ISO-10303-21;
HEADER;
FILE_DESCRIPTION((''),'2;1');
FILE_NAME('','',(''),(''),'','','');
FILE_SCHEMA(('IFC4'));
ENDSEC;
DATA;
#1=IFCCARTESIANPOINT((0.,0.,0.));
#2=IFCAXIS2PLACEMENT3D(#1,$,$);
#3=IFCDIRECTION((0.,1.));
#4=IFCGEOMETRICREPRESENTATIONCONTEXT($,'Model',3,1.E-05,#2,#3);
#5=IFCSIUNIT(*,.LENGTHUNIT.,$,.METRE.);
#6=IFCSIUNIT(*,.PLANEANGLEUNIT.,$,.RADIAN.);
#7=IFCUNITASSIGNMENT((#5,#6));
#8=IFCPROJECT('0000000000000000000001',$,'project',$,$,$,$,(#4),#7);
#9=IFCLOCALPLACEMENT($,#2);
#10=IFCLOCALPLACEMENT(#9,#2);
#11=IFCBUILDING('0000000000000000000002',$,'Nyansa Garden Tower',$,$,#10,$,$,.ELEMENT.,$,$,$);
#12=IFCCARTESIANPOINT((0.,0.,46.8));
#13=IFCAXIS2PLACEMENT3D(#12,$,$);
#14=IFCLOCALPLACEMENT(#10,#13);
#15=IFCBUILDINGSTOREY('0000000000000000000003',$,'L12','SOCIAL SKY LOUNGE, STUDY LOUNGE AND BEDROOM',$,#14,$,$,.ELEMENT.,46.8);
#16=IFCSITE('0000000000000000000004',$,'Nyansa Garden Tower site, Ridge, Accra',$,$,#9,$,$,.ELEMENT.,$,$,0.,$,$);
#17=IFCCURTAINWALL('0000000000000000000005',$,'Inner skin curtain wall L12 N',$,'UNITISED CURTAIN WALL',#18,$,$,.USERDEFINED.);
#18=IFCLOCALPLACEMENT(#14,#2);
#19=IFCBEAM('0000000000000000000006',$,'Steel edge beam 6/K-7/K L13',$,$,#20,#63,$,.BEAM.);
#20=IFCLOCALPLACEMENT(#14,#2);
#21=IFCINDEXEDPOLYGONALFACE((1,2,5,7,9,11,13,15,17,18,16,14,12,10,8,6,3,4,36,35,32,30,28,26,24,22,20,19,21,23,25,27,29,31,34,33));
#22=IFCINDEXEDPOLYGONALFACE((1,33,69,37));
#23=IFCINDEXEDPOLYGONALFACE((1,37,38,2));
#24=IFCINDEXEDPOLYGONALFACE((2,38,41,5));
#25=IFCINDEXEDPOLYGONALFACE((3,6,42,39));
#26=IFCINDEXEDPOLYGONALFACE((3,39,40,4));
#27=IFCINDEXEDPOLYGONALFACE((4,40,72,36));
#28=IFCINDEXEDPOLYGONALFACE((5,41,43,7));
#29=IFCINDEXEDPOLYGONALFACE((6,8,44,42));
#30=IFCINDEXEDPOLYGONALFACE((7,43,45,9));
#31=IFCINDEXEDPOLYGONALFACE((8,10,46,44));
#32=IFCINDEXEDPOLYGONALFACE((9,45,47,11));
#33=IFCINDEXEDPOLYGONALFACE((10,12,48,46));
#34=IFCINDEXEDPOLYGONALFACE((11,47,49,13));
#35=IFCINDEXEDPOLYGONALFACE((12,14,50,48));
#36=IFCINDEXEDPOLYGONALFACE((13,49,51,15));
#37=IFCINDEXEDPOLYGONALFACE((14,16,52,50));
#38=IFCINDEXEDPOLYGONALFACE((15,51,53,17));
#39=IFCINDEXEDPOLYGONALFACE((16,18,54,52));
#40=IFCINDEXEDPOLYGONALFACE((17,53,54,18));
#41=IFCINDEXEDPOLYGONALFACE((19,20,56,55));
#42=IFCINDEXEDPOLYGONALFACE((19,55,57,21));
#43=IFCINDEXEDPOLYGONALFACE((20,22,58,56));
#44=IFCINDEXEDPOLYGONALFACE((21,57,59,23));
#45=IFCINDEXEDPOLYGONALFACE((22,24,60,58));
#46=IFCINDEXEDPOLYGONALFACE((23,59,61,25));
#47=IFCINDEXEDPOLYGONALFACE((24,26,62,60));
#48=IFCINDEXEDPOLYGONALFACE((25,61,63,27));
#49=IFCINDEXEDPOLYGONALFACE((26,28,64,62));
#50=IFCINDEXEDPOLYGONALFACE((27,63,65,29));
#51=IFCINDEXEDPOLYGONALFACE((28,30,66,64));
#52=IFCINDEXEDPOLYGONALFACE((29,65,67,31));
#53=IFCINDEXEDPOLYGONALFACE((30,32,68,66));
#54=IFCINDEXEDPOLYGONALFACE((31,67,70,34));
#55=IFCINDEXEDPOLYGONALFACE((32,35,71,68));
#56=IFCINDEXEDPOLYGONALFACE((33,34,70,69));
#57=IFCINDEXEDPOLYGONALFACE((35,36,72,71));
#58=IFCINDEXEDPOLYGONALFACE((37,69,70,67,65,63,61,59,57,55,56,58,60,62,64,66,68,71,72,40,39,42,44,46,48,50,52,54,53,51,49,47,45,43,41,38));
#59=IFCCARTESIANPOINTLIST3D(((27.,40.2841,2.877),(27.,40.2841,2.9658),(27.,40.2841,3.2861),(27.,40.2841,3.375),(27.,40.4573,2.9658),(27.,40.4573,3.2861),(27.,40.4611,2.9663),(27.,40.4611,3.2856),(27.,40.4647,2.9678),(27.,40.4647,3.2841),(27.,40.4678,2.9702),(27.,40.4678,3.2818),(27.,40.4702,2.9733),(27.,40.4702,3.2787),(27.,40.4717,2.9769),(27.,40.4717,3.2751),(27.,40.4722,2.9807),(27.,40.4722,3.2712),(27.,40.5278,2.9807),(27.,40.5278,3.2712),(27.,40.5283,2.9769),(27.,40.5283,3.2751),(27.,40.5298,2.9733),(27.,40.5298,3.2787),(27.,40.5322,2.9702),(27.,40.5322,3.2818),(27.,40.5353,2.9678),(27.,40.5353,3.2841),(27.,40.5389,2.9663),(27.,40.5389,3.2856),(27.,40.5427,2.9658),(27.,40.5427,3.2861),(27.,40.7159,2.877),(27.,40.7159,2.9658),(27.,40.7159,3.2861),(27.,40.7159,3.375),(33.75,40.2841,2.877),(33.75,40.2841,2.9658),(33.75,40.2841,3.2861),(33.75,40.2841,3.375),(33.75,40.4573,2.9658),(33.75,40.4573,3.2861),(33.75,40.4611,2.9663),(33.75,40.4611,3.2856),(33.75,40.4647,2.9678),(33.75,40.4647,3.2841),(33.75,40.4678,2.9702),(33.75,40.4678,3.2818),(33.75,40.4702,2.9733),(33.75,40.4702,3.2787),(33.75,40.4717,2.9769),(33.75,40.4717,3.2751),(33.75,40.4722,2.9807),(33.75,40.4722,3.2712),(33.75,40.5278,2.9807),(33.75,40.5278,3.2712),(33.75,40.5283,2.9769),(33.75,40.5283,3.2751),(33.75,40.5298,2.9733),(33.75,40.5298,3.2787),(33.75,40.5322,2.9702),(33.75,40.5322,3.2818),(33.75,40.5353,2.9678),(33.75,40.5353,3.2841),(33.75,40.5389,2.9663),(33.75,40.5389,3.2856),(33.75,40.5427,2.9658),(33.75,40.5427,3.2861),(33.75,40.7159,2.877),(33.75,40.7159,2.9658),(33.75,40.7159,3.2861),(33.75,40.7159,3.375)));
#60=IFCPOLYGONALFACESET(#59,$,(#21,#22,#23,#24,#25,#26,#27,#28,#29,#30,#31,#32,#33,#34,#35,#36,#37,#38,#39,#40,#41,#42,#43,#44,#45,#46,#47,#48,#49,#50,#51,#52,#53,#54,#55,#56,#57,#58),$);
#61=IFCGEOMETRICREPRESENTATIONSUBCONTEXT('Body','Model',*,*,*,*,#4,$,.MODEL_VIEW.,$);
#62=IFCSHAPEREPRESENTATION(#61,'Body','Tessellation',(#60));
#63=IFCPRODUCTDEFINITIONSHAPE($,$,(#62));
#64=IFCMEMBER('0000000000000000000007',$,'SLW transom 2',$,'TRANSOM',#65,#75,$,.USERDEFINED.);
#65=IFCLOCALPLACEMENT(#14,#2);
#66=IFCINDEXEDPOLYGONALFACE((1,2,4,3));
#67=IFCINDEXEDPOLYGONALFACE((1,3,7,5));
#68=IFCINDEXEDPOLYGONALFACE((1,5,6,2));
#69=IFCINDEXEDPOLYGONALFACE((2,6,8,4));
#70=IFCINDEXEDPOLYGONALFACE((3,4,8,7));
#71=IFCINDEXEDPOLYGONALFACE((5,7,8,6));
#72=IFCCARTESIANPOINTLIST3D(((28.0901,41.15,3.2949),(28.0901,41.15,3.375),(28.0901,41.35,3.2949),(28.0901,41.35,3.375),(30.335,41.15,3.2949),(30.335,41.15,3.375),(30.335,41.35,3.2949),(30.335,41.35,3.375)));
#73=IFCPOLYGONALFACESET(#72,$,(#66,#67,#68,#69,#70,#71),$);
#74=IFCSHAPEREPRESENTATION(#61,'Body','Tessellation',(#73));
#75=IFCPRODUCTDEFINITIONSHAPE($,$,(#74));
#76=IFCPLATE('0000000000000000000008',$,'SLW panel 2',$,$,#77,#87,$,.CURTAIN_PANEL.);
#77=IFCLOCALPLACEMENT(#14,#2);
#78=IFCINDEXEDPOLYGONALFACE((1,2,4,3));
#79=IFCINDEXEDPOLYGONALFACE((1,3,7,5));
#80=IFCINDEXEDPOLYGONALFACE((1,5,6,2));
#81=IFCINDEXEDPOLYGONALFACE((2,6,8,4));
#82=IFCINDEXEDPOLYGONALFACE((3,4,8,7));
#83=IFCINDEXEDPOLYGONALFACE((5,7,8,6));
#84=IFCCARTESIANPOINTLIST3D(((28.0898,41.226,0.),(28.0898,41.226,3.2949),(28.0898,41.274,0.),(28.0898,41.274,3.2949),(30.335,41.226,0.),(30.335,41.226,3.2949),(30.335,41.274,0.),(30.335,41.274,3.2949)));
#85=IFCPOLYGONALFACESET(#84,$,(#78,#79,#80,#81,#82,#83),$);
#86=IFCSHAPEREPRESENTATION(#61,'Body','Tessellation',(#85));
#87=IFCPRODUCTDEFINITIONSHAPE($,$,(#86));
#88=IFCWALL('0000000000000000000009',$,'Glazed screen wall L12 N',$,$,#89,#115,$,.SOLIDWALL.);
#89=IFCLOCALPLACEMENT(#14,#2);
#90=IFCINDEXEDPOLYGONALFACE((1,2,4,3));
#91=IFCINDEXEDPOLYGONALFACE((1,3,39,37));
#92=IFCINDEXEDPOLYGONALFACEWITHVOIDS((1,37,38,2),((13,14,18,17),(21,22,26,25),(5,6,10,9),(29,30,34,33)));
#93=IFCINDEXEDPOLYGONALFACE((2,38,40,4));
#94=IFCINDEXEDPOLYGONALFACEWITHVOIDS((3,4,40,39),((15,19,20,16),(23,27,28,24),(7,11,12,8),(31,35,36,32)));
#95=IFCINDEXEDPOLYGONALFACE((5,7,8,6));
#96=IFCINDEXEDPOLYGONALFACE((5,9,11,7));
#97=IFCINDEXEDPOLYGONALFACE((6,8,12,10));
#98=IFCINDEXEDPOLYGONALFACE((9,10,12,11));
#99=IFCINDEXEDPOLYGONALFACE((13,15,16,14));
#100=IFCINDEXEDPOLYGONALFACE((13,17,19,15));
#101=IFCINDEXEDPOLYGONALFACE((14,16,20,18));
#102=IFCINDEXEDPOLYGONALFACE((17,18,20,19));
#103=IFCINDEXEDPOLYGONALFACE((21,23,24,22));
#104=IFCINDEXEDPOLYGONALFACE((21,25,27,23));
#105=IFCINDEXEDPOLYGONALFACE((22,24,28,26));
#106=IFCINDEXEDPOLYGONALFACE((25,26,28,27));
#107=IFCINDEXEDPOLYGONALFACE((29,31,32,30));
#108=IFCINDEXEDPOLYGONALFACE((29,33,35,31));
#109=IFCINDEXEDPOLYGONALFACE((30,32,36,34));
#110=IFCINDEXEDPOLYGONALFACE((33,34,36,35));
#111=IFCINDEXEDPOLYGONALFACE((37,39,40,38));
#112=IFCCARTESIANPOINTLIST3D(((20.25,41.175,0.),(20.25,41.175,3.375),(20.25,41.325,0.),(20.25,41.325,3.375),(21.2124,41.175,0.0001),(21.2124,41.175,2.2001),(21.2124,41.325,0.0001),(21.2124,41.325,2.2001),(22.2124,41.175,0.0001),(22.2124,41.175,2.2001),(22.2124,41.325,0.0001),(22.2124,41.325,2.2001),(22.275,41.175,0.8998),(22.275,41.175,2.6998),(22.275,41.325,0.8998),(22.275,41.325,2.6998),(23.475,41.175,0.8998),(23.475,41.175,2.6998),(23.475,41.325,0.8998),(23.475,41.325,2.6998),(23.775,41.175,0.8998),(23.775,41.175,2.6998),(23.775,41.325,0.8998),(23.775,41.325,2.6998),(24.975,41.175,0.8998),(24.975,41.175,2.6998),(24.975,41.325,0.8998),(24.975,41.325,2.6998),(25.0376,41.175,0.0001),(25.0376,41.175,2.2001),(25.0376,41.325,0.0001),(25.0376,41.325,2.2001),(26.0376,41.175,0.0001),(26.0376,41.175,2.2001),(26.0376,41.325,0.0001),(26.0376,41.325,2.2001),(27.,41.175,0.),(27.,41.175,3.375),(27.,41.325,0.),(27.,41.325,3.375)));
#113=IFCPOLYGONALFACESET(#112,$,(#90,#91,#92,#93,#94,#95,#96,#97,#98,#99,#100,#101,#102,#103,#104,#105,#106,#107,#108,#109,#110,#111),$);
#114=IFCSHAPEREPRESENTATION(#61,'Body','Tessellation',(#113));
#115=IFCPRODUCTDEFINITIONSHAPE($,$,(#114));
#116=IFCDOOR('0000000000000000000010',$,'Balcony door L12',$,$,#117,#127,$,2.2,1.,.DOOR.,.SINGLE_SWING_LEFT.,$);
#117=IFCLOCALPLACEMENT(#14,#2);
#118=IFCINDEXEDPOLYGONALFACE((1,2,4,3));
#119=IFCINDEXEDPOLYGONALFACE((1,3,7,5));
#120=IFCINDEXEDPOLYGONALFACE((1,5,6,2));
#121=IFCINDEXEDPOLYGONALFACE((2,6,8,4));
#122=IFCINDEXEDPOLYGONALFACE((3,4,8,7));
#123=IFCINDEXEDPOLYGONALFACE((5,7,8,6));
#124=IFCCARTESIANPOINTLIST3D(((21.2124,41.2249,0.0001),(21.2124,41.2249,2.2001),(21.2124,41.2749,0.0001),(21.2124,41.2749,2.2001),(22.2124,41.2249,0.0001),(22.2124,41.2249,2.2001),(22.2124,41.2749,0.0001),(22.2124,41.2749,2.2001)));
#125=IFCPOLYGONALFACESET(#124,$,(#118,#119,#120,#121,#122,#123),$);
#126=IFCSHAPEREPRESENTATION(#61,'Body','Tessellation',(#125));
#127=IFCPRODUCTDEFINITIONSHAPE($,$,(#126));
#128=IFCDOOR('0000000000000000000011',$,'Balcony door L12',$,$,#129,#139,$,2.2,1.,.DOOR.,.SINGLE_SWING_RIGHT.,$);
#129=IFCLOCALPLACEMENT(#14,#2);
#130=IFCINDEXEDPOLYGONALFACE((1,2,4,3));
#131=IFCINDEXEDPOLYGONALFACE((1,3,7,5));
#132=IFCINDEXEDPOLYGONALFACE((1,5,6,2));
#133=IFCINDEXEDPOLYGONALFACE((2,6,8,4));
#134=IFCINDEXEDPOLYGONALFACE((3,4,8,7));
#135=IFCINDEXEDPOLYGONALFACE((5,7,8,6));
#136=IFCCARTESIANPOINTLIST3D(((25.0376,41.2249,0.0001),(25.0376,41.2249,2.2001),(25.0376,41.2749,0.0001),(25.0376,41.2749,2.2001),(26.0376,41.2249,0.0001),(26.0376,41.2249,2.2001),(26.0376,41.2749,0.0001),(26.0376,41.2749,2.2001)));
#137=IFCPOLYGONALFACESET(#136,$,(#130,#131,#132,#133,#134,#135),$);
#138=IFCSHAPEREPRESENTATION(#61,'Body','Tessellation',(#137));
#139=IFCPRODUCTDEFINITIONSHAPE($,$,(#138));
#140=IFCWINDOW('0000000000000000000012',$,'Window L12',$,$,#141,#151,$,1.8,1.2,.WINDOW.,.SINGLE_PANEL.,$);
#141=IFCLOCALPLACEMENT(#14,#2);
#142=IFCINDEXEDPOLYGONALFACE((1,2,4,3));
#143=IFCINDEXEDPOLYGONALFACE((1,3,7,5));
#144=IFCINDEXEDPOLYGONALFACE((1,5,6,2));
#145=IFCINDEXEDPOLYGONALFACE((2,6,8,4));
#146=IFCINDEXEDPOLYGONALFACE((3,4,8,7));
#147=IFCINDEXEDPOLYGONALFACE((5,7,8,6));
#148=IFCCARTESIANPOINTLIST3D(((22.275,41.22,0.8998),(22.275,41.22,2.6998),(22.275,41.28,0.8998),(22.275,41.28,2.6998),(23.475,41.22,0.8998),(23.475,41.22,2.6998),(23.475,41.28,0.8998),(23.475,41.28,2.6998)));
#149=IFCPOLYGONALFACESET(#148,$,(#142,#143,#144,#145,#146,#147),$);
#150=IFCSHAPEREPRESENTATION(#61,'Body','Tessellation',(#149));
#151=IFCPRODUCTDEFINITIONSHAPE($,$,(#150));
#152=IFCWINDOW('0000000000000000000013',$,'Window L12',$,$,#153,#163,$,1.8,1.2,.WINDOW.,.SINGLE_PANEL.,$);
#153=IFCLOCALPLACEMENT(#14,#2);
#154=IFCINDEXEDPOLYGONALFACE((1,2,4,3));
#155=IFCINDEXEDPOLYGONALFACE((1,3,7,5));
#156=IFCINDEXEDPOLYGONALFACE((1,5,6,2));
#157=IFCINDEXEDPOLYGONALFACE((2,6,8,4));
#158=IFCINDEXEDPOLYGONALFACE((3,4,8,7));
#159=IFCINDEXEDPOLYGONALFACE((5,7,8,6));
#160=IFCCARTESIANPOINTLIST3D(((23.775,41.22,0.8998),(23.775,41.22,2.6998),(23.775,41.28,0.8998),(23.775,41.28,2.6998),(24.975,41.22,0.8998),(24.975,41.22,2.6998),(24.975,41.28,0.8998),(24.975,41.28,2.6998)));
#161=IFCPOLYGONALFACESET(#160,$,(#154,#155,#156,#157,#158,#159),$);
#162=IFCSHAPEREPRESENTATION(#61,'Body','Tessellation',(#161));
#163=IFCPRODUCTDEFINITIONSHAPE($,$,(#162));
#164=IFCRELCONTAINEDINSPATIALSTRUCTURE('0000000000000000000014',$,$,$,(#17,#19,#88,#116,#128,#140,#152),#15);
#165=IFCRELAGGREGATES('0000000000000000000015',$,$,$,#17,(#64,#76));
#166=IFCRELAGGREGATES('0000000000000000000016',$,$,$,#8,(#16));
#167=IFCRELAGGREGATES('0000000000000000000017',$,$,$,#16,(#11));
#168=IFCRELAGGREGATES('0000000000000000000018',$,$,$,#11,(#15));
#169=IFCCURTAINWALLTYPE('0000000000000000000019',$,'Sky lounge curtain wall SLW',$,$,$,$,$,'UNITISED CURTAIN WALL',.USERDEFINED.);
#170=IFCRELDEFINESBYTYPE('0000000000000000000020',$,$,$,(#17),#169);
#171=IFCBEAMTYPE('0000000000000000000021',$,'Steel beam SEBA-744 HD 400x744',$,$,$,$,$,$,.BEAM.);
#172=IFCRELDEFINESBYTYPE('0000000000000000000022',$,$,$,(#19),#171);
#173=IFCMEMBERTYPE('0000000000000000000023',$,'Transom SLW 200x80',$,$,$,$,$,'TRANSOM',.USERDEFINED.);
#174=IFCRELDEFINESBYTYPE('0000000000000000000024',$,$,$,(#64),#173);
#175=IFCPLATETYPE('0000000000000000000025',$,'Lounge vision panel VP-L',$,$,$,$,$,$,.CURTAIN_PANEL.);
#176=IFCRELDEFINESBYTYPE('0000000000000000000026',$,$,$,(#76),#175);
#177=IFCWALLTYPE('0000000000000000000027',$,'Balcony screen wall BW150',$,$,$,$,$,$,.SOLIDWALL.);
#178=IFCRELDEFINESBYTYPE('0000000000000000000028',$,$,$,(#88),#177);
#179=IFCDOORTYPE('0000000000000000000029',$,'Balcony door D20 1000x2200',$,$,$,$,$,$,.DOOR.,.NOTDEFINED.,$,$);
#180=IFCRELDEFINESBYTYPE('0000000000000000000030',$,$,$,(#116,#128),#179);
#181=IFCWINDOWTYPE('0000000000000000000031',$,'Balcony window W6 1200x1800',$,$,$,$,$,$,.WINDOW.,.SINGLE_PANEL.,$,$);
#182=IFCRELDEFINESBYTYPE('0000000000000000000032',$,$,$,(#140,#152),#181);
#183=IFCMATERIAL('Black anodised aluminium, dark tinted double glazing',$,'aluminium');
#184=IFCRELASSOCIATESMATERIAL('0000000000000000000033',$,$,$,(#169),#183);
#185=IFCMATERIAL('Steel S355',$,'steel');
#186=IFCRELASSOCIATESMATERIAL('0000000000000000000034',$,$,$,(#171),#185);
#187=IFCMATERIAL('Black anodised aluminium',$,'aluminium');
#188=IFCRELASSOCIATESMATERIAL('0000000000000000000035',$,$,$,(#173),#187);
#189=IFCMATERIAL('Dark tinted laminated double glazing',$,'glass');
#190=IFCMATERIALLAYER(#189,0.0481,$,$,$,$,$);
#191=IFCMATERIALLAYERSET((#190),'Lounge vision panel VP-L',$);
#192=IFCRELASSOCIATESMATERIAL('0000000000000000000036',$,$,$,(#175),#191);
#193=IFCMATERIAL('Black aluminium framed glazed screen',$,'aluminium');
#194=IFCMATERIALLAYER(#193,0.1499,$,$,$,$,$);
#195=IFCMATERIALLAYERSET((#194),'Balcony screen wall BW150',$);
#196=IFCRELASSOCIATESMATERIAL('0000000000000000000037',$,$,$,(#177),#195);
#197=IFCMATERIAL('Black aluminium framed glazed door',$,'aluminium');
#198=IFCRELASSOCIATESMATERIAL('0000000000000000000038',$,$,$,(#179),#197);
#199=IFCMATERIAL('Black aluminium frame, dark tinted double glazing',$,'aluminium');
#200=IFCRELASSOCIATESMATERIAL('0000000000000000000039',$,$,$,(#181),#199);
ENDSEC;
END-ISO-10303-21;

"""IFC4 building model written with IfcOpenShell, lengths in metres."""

from ifc_helpers import new_model, si_unit, direction, frame, frame_2d, origin, origin_2d, place, context, subcontext, project, spatial, rectangle, i_section, extrude, material, layer, layer_set, material_profile, profile_set, type_object, element, fill, aggregate, save


model = new_model("IFC4")

# Units and contexts
model_context = context("Model", 3, precision=1e-05, world=origin(), true_north=direction((0.0, 1.0)))
body_context = subcontext(model_context, "Body", "Model", "MODEL_VIEW")
ifc_project = project(units=[si_unit("LENGTHUNIT", "METRE"), si_unit("PLANEANGLEUNIT", "RADIAN")], contexts=[model_context])

# Site, building, storey
site_placement = place(None, origin())
site = spatial("IfcSite", under=ifc_project, at=site_placement, Name="Nyansa Garden Tower site, Ridge, Accra", CompositionType="ELEMENT", RefElevation=0.0)
building_placement = place(site_placement, origin())
building = spatial("IfcBuilding", under=site, at=building_placement, Name="Nyansa Garden Tower", CompositionType="ELEMENT")
storey_placement = place(building_placement, frame((0.0, 0.0, 46.8)))
storey = spatial("IfcBuildingStorey", under=building, at=storey_placement, Name="L12", Description="SOCIAL SKY LOUNGE, STUDY LOUNGE AND BEDROOM", CompositionType="ELEMENT", Elevation=46.8)

# Curtain wall
ifc_material_1 = material(Name="Black anodised aluminium, dark tinted double glazing", Category="aluminium")
curtain_wall_type = type_object("IfcCurtainWallType", Name="Sky lounge curtain wall SLW", ElementType="UNITISED CURTAIN WALL", PredefinedType="USERDEFINED", material=ifc_material_1)
curtain_wall_placement = place(storey_placement, origin())
curtain_wall = element("IfcCurtainWall", 1, at=curtain_wall_placement, inside=storey, type_object=curtain_wall_type, Name="Inner skin curtain wall L12 N", ObjectType="UNITISED CURTAIN WALL", PredefinedType="USERDEFINED")

# Beam
ifc_material_2 = material(Name="Steel S355", Category="steel")
ifc_material_profile_1 = material_profile(ifc_material_2, i_section(OverallWidth=0.4319, OverallDepth=0.498, WebThickness=0.0557, FlangeThickness=0.0889, FilletRadius=0.0149, at=origin_2d()), Name="HD 400x744")
ifc_profile_set_1 = profile_set([ifc_material_profile_1], Name="Steel S355")
beam_type_1 = type_object("IfcBeamType", Name="Steel beam SEBA-744 HD 400x744", PredefinedType="BEAM", material=ifc_profile_set_1)
for number, where, z_axis, x_axis, name in (
    (2, (27.0, 40.5, 3.126), (1.0, 0.0, 0.0), (0.0, 1.0, 0.0), "Steel edge beam 6/K-7/K L13"),
):
    element("IfcBeam", number, at=place(storey_placement, frame(where, z_axis=z_axis, x_axis=x_axis)), inside=storey, type_object=beam_type_1, Name=name, PredefinedType="BEAM", context=body_context, shape_type="SweptSolid", body=[
        extrude(i_section(OverallWidth=0.4319, OverallDepth=0.498, WebThickness=0.0557, FlangeThickness=0.0889, FilletRadius=0.0149, at=origin_2d()), origin(), (0.0, 0.0, 1.0), 6.75),
    ])

# Member
ifc_material_3 = material(Name="Black anodised aluminium", Category="aluminium")
ifc_material_profile_2 = material_profile(ifc_material_3, rectangle(XDim=0.2, YDim=0.0801, at=origin_2d()), Name="Transom 200x80")
ifc_profile_set_2 = profile_set([ifc_material_profile_2], Name="Black anodised aluminium")
member_type_1 = type_object("IfcMemberType", Name="Transom SLW 200x80", ElementType="TRANSOM", PredefinedType="USERDEFINED", material=ifc_profile_set_2)
member_1_placement = place(storey_placement, frame((30.335, 41.25, 3.335), z_axis=(-1.0, 0.0, 0.0), x_axis=(0.0, -1.0, 0.0)))
member_1 = element("IfcMember", 3, at=member_1_placement, type_object=member_type_1, Name="SLW transom 2", ObjectType="TRANSOM", PredefinedType="USERDEFINED", context=body_context, shape_type="SweptSolid", body=[
    extrude(rectangle(XDim=0.2, YDim=0.0801, at=origin_2d()), origin(), (0.0, 0.0, 1.0), 2.2449),
])

# Plate
ifc_material_4 = material(Name="Dark tinted laminated double glazing", Category="glass")
ifc_layer_1 = layer(ifc_material_4, 0.0481)
ifc_layer_set_1 = layer_set([ifc_layer_1], Name="Lounge vision panel VP-L")
plate_type = type_object("IfcPlateType", Name="Lounge vision panel VP-L", PredefinedType="CURTAIN_PANEL", material=ifc_layer_set_1)
plate_placement = place(storey_placement, frame((29.2124, 41.25, 0.0), z_axis=(0.0, 0.0, 1.0), x_axis=(-1.0, 0.0, 0.0)))
plate = element("IfcPlate", 4, at=plate_placement, type_object=plate_type, Name="SLW panel 2", PredefinedType="CURTAIN_PANEL", context=body_context, shape_type="SweptSolid", body=[
    extrude(rectangle(XDim=2.2451, YDim=0.0481, at=origin_2d()), origin(), (0.0, 0.0, 1.0), 3.2949),
])
aggregate(curtain_wall, [member_1, plate])

# Wall, openings, doors, windows
ifc_material_5 = material(Name="Black aluminium framed glazed screen", Category="aluminium")
ifc_layer_2 = layer(ifc_material_5, 0.1499)
ifc_layer_set_2 = layer_set([ifc_layer_2], Name="Balcony screen wall BW150")
wall_type_1 = type_object("IfcWallType", Name="Balcony screen wall BW150", PredefinedType="SOLIDWALL", material=ifc_layer_set_2)
wall_1_placement = place(storey_placement, frame((20.25, 41.25, 0.0), z_axis=(0.0, 0.0, 1.0), x_axis=(1.0, 0.0, 0.0)))
wall_1 = element("IfcWall", 5, at=wall_1_placement, inside=storey, type_object=wall_type_1, Name="Glazed screen wall L12 N", PredefinedType="SOLIDWALL", context=body_context, shape_type="SweptSolid", body=[
    extrude(rectangle(XDim=6.75, YDim=0.1499, at=frame_2d((3.375, 0.0))), origin(), (0.0, 0.0, 1.0), 3.375),
])
opening_1_placement = place(wall_1_placement, frame((0.9624, 0.0, 0.0)))
opening_1 = element("IfcOpeningElement", 6, at=opening_1_placement, cuts=wall_1, PredefinedType="OPENING", context=body_context, shape_type="SweptSolid", body=[
    extrude(rectangle(XDim=1.0, YDim=2.2, at=frame_2d((0.5, 1.1001))), frame((0.0, 0.085, 0.0), z_axis=(0.0, -1.0, 0.0), x_axis=(1.0, 0.0, 0.0)), (0.0, 0.0, 1.0), 0.1699),
])
opening_2_placement = place(wall_1_placement, frame((2.0249, 0.0, 0.8999)))
opening_2 = element("IfcOpeningElement", 7, at=opening_2_placement, cuts=wall_1, PredefinedType="OPENING", context=body_context, shape_type="SweptSolid", body=[
    extrude(rectangle(XDim=1.2, YDim=1.8, at=frame_2d((0.6001, 0.8999))), frame((0.0, 0.085, 0.0), z_axis=(0.0, -1.0, 0.0), x_axis=(1.0, 0.0, 0.0)), (0.0, 0.0, 1.0), 0.1699),
])
opening_3_placement = place(wall_1_placement, frame((4.7876, 0.0, 0.0)))
opening_3 = element("IfcOpeningElement", 8, at=opening_3_placement, cuts=wall_1, PredefinedType="OPENING", context=body_context, shape_type="SweptSolid", body=[
    extrude(rectangle(XDim=1.0, YDim=2.2, at=frame_2d((0.5, 1.1001))), frame((0.0, 0.085, 0.0), z_axis=(0.0, -1.0, 0.0), x_axis=(1.0, 0.0, 0.0)), (0.0, 0.0, 1.0), 0.1699),
])
opening_4_placement = place(wall_1_placement, frame((3.5249, 0.0, 0.8999)))
opening_4 = element("IfcOpeningElement", 9, at=opening_4_placement, cuts=wall_1, PredefinedType="OPENING", context=body_context, shape_type="SweptSolid", body=[
    extrude(rectangle(XDim=1.2, YDim=1.8, at=frame_2d((0.6001, 0.8999))), frame((0.0, 0.085, 0.0), z_axis=(0.0, -1.0, 0.0), x_axis=(1.0, 0.0, 0.0)), (0.0, 0.0, 1.0), 0.1699),
])
ifc_material_6 = material(Name="Black aluminium framed glazed door", Category="aluminium")
door_type = type_object("IfcDoorType", Name="Balcony door D20 1000x2200", OperationType="NOTDEFINED", PredefinedType="DOOR", material=ifc_material_6)
door_1_placement = place(opening_1_placement, origin())
door_1 = element("IfcDoor", 10, at=door_1_placement, inside=storey, type_object=door_type, Name="Balcony door L12", OperationType="SINGLE_SWING_LEFT", OverallHeight=2.2, OverallWidth=1.0, PredefinedType="DOOR", context=body_context, shape_type="SweptSolid", body=[
    extrude(rectangle(XDim=1.0, YDim=2.2, at=frame_2d((0.5, 1.1001))), frame((0.0, 0.0249, 0.0), z_axis=(0.0, -1.0, 0.0), x_axis=(1.0, 0.0, 0.0)), (0.0, 0.0, 1.0), 0.05),
])
fill(opening_1, door_1)
door_2_placement = place(opening_3_placement, origin())
door_2 = element("IfcDoor", 11, at=door_2_placement, inside=storey, type_object=door_type, Name="Balcony door L12", OperationType="SINGLE_SWING_RIGHT", OverallHeight=2.2, OverallWidth=1.0, PredefinedType="DOOR", context=body_context, shape_type="SweptSolid", body=[
    extrude(rectangle(XDim=1.0, YDim=2.2, at=frame_2d((0.5, 1.1001))), frame((0.0, 0.0249, 0.0), z_axis=(0.0, -1.0, 0.0), x_axis=(1.0, 0.0, 0.0)), (0.0, 0.0, 1.0), 0.05),
])
fill(opening_3, door_2)
ifc_material_7 = material(Name="Black aluminium frame, dark tinted double glazing", Category="aluminium")
window_type = type_object("IfcWindowType", Name="Balcony window W6 1200x1800", PartitioningType="SINGLE_PANEL", PredefinedType="WINDOW", material=ifc_material_7)
window_1_placement = place(opening_2_placement, origin())
window_1 = element("IfcWindow", 12, at=window_1_placement, inside=storey, type_object=window_type, Name="Window L12", OverallHeight=1.8, OverallWidth=1.2, PartitioningType="SINGLE_PANEL", PredefinedType="WINDOW", context=body_context, shape_type="SweptSolid", body=[
    extrude(rectangle(XDim=1.2, YDim=1.8, at=frame_2d((0.6001, 0.8999))), frame((0.0, 0.03, 0.0), z_axis=(0.0, -1.0, 0.0), x_axis=(1.0, 0.0, 0.0)), (0.0, 0.0, 1.0), 0.0601),
])
fill(opening_2, window_1)
window_2_placement = place(opening_4_placement, origin())
window_2 = element("IfcWindow", 13, at=window_2_placement, inside=storey, type_object=window_type, Name="Window L12", OverallHeight=1.8, OverallWidth=1.2, PartitioningType="SINGLE_PANEL", PredefinedType="WINDOW", context=body_context, shape_type="SweptSolid", body=[
    extrude(rectangle(XDim=1.2, YDim=1.8, at=frame_2d((0.6001, 0.8999))), frame((0.0, 0.03, 0.0), z_axis=(0.0, -1.0, 0.0), x_axis=(1.0, 0.0, 0.0)), (0.0, 0.0, 1.0), 0.0601),
])
fill(opening_4, window_2)

save(model, "model.ifc")
